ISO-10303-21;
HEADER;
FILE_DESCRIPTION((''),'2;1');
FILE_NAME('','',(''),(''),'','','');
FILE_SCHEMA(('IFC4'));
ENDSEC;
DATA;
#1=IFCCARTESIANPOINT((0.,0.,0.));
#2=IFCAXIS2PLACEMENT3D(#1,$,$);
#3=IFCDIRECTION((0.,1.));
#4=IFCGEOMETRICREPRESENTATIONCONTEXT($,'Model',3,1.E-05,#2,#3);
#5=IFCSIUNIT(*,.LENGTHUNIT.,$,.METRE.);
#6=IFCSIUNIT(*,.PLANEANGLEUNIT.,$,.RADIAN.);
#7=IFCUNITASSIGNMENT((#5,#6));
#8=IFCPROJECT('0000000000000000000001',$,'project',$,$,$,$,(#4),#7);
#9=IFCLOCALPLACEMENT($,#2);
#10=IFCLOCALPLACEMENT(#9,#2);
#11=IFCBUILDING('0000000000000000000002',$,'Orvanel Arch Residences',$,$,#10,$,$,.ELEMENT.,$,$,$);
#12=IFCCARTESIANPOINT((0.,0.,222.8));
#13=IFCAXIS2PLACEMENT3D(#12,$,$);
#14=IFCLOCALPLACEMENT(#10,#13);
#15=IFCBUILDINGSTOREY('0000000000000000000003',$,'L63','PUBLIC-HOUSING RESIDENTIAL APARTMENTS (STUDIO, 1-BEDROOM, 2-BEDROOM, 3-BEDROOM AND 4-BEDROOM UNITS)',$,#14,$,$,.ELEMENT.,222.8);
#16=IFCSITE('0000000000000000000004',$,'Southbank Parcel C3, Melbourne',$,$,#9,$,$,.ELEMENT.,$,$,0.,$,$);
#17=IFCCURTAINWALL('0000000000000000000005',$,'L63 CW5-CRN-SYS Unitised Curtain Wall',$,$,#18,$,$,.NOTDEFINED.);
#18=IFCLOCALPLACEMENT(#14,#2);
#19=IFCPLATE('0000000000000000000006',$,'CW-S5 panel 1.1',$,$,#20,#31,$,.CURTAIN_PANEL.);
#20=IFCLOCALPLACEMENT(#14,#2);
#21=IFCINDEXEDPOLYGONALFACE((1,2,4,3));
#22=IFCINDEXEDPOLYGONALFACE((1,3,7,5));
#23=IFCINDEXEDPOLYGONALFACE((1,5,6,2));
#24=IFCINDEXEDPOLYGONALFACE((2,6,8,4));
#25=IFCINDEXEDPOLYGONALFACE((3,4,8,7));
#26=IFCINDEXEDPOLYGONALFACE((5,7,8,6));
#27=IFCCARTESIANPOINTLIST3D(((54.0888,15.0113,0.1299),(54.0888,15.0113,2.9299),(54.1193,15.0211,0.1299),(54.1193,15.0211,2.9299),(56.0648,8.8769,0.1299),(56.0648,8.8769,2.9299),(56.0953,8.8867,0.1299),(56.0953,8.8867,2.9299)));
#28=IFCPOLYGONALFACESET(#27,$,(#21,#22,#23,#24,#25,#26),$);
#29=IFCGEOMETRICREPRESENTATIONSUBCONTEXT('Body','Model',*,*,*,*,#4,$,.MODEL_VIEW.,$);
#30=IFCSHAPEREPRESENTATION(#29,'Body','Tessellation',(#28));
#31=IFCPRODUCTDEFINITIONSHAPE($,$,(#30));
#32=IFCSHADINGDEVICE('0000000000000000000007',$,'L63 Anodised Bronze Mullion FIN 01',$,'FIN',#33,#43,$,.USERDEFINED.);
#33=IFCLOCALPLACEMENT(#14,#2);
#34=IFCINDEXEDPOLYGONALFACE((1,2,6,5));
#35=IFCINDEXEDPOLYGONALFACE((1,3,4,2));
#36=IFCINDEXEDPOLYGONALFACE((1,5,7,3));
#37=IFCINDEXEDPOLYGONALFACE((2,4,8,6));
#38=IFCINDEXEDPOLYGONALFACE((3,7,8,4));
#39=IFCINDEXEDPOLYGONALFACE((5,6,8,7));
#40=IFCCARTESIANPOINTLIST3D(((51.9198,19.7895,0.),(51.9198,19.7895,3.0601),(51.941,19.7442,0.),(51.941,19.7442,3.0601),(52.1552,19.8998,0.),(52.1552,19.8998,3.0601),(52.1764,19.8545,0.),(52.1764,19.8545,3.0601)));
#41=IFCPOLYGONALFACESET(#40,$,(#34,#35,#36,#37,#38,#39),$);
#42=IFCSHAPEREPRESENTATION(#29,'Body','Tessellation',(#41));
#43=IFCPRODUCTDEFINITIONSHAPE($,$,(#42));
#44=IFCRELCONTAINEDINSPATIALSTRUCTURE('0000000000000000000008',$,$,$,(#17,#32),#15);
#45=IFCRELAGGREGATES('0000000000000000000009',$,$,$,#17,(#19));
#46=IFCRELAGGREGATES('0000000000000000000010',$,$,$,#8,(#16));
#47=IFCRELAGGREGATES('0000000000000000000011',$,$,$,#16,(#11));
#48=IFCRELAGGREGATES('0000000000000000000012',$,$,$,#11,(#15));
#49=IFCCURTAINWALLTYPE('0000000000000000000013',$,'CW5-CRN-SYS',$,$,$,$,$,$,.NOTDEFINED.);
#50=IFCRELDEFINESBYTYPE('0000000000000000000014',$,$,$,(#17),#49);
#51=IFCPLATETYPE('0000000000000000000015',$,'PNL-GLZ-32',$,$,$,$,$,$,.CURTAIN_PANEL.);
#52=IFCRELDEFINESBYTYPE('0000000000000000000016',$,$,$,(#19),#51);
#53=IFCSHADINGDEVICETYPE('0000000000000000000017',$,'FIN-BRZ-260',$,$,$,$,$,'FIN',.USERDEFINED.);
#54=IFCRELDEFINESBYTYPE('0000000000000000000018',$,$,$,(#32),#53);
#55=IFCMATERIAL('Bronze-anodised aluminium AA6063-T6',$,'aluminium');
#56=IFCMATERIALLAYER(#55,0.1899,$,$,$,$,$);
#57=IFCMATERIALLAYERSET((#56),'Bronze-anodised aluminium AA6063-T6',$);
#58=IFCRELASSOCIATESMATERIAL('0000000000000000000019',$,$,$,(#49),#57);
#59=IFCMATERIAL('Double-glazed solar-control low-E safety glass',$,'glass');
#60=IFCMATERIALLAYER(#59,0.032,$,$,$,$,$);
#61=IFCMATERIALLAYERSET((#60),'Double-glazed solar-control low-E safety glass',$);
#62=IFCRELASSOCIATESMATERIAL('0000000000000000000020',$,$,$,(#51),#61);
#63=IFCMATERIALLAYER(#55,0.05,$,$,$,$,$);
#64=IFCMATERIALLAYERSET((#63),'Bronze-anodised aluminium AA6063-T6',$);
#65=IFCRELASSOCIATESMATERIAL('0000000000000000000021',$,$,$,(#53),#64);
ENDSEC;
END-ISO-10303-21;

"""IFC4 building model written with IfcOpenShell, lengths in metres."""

from ifc_helpers import new_model, si_unit, direction, frame, origin, origin_2d, place, context, subcontext, project, spatial, rectangle, extrude, material, layer, layer_set, type_object, element, aggregate, save


model = new_model("IFC4")

# Units and contexts
model_context = context("Model", 3, precision=1e-05, world=origin(), true_north=direction((0.0, 1.0)))
body_context = subcontext(model_context, "Body", "Model", "MODEL_VIEW")
ifc_project = project(units=[si_unit("LENGTHUNIT", "METRE"), si_unit("PLANEANGLEUNIT", "RADIAN")], contexts=[model_context])

# Site, building, storey
site_placement = place(None, origin())
site = spatial("IfcSite", under=ifc_project, at=site_placement, Name="Southbank Parcel C3, Melbourne", CompositionType="ELEMENT", RefElevation=0.0)
building_placement = place(site_placement, origin())
building = spatial("IfcBuilding", under=site, at=building_placement, Name="Orvanel Arch Residences", CompositionType="ELEMENT")
storey_placement = place(building_placement, frame((0.0, 0.0, 222.8)))
storey = spatial("IfcBuildingStorey", under=building, at=storey_placement, Name="L63", Description="PUBLIC-HOUSING RESIDENTIAL APARTMENTS (STUDIO, 1-BEDROOM, 2-BEDROOM, 3-BEDROOM AND 4-BEDROOM UNITS)", CompositionType="ELEMENT", Elevation=222.8)

# Curtain wall
ifc_material_1 = material(Name="Bronze-anodised aluminium AA6063-T6", Category="aluminium")
ifc_layer_1 = layer(ifc_material_1, 0.1899)
ifc_layer_set_1 = layer_set([ifc_layer_1], Name="Bronze-anodised aluminium AA6063-T6")
curtain_wall_type_1 = type_object("IfcCurtainWallType", Name="CW5-CRN-SYS", PredefinedType="NOTDEFINED", material=ifc_layer_set_1)
curtain_wall_1_placement = place(storey_placement, origin())
curtain_wall_1 = element("IfcCurtainWall", 1, at=curtain_wall_1_placement, inside=storey, type_object=curtain_wall_type_1, Name="L63 CW5-CRN-SYS Unitised Curtain Wall", PredefinedType="NOTDEFINED")

# Plate
ifc_material_2 = material(Name="Double-glazed solar-control low-E safety glass", Category="glass")
ifc_layer_2 = layer(ifc_material_2, 0.032)
ifc_layer_set_2 = layer_set([ifc_layer_2], Name="Double-glazed solar-control low-E safety glass")
plate_type_1 = type_object("IfcPlateType", Name="PNL-GLZ-32", PredefinedType="CURTAIN_PANEL", material=ifc_layer_set_2)
plate_1_placement = place(storey_placement, frame((55.092, 11.949, 0.1299), z_axis=(0.0, 0.0, 1.0), x_axis=(-0.306604, 0.951837, 0.0)))
plate_1 = element("IfcPlate", 2, at=plate_1_placement, type_object=plate_type_1, Name="CW-S5 panel 1.1", PredefinedType="CURTAIN_PANEL", context=body_context, shape_type="SweptSolid", body=[
    extrude(rectangle(XDim=6.4448, YDim=0.032, at=origin_2d()), origin(), (0.0, 0.0, 1.0), 2.8),
])
aggregate(curtain_wall_1, [plate_1])

# Shading device
ifc_layer_3 = layer(ifc_material_1, 0.05)
ifc_layer_set_3 = layer_set([ifc_layer_3], Name="Bronze-anodised aluminium AA6063-T6")
shading_device_type = type_object("IfcShadingDeviceType", Name="FIN-BRZ-260", ElementType="FIN", PredefinedType="USERDEFINED", material=ifc_layer_set_3)
shading_device_placement = place(storey_placement, frame((52.0481, 19.822, 0.0), z_axis=(0.0, 0.0, 1.0), x_axis=(0.905569, 0.424199, 0.0)))
element("IfcShadingDevice", 3, at=shading_device_placement, inside=storey, type_object=shading_device_type, Name="L63 Anodised Bronze Mullion FIN 01", ObjectType="FIN", PredefinedType="USERDEFINED", context=body_context, shape_type="SweptSolid", body=[
    extrude(rectangle(XDim=0.26, YDim=0.05, at=origin_2d()), origin(), (0.0, 0.0, 1.0), 3.0601),
])

save(model, "model.ifc")
